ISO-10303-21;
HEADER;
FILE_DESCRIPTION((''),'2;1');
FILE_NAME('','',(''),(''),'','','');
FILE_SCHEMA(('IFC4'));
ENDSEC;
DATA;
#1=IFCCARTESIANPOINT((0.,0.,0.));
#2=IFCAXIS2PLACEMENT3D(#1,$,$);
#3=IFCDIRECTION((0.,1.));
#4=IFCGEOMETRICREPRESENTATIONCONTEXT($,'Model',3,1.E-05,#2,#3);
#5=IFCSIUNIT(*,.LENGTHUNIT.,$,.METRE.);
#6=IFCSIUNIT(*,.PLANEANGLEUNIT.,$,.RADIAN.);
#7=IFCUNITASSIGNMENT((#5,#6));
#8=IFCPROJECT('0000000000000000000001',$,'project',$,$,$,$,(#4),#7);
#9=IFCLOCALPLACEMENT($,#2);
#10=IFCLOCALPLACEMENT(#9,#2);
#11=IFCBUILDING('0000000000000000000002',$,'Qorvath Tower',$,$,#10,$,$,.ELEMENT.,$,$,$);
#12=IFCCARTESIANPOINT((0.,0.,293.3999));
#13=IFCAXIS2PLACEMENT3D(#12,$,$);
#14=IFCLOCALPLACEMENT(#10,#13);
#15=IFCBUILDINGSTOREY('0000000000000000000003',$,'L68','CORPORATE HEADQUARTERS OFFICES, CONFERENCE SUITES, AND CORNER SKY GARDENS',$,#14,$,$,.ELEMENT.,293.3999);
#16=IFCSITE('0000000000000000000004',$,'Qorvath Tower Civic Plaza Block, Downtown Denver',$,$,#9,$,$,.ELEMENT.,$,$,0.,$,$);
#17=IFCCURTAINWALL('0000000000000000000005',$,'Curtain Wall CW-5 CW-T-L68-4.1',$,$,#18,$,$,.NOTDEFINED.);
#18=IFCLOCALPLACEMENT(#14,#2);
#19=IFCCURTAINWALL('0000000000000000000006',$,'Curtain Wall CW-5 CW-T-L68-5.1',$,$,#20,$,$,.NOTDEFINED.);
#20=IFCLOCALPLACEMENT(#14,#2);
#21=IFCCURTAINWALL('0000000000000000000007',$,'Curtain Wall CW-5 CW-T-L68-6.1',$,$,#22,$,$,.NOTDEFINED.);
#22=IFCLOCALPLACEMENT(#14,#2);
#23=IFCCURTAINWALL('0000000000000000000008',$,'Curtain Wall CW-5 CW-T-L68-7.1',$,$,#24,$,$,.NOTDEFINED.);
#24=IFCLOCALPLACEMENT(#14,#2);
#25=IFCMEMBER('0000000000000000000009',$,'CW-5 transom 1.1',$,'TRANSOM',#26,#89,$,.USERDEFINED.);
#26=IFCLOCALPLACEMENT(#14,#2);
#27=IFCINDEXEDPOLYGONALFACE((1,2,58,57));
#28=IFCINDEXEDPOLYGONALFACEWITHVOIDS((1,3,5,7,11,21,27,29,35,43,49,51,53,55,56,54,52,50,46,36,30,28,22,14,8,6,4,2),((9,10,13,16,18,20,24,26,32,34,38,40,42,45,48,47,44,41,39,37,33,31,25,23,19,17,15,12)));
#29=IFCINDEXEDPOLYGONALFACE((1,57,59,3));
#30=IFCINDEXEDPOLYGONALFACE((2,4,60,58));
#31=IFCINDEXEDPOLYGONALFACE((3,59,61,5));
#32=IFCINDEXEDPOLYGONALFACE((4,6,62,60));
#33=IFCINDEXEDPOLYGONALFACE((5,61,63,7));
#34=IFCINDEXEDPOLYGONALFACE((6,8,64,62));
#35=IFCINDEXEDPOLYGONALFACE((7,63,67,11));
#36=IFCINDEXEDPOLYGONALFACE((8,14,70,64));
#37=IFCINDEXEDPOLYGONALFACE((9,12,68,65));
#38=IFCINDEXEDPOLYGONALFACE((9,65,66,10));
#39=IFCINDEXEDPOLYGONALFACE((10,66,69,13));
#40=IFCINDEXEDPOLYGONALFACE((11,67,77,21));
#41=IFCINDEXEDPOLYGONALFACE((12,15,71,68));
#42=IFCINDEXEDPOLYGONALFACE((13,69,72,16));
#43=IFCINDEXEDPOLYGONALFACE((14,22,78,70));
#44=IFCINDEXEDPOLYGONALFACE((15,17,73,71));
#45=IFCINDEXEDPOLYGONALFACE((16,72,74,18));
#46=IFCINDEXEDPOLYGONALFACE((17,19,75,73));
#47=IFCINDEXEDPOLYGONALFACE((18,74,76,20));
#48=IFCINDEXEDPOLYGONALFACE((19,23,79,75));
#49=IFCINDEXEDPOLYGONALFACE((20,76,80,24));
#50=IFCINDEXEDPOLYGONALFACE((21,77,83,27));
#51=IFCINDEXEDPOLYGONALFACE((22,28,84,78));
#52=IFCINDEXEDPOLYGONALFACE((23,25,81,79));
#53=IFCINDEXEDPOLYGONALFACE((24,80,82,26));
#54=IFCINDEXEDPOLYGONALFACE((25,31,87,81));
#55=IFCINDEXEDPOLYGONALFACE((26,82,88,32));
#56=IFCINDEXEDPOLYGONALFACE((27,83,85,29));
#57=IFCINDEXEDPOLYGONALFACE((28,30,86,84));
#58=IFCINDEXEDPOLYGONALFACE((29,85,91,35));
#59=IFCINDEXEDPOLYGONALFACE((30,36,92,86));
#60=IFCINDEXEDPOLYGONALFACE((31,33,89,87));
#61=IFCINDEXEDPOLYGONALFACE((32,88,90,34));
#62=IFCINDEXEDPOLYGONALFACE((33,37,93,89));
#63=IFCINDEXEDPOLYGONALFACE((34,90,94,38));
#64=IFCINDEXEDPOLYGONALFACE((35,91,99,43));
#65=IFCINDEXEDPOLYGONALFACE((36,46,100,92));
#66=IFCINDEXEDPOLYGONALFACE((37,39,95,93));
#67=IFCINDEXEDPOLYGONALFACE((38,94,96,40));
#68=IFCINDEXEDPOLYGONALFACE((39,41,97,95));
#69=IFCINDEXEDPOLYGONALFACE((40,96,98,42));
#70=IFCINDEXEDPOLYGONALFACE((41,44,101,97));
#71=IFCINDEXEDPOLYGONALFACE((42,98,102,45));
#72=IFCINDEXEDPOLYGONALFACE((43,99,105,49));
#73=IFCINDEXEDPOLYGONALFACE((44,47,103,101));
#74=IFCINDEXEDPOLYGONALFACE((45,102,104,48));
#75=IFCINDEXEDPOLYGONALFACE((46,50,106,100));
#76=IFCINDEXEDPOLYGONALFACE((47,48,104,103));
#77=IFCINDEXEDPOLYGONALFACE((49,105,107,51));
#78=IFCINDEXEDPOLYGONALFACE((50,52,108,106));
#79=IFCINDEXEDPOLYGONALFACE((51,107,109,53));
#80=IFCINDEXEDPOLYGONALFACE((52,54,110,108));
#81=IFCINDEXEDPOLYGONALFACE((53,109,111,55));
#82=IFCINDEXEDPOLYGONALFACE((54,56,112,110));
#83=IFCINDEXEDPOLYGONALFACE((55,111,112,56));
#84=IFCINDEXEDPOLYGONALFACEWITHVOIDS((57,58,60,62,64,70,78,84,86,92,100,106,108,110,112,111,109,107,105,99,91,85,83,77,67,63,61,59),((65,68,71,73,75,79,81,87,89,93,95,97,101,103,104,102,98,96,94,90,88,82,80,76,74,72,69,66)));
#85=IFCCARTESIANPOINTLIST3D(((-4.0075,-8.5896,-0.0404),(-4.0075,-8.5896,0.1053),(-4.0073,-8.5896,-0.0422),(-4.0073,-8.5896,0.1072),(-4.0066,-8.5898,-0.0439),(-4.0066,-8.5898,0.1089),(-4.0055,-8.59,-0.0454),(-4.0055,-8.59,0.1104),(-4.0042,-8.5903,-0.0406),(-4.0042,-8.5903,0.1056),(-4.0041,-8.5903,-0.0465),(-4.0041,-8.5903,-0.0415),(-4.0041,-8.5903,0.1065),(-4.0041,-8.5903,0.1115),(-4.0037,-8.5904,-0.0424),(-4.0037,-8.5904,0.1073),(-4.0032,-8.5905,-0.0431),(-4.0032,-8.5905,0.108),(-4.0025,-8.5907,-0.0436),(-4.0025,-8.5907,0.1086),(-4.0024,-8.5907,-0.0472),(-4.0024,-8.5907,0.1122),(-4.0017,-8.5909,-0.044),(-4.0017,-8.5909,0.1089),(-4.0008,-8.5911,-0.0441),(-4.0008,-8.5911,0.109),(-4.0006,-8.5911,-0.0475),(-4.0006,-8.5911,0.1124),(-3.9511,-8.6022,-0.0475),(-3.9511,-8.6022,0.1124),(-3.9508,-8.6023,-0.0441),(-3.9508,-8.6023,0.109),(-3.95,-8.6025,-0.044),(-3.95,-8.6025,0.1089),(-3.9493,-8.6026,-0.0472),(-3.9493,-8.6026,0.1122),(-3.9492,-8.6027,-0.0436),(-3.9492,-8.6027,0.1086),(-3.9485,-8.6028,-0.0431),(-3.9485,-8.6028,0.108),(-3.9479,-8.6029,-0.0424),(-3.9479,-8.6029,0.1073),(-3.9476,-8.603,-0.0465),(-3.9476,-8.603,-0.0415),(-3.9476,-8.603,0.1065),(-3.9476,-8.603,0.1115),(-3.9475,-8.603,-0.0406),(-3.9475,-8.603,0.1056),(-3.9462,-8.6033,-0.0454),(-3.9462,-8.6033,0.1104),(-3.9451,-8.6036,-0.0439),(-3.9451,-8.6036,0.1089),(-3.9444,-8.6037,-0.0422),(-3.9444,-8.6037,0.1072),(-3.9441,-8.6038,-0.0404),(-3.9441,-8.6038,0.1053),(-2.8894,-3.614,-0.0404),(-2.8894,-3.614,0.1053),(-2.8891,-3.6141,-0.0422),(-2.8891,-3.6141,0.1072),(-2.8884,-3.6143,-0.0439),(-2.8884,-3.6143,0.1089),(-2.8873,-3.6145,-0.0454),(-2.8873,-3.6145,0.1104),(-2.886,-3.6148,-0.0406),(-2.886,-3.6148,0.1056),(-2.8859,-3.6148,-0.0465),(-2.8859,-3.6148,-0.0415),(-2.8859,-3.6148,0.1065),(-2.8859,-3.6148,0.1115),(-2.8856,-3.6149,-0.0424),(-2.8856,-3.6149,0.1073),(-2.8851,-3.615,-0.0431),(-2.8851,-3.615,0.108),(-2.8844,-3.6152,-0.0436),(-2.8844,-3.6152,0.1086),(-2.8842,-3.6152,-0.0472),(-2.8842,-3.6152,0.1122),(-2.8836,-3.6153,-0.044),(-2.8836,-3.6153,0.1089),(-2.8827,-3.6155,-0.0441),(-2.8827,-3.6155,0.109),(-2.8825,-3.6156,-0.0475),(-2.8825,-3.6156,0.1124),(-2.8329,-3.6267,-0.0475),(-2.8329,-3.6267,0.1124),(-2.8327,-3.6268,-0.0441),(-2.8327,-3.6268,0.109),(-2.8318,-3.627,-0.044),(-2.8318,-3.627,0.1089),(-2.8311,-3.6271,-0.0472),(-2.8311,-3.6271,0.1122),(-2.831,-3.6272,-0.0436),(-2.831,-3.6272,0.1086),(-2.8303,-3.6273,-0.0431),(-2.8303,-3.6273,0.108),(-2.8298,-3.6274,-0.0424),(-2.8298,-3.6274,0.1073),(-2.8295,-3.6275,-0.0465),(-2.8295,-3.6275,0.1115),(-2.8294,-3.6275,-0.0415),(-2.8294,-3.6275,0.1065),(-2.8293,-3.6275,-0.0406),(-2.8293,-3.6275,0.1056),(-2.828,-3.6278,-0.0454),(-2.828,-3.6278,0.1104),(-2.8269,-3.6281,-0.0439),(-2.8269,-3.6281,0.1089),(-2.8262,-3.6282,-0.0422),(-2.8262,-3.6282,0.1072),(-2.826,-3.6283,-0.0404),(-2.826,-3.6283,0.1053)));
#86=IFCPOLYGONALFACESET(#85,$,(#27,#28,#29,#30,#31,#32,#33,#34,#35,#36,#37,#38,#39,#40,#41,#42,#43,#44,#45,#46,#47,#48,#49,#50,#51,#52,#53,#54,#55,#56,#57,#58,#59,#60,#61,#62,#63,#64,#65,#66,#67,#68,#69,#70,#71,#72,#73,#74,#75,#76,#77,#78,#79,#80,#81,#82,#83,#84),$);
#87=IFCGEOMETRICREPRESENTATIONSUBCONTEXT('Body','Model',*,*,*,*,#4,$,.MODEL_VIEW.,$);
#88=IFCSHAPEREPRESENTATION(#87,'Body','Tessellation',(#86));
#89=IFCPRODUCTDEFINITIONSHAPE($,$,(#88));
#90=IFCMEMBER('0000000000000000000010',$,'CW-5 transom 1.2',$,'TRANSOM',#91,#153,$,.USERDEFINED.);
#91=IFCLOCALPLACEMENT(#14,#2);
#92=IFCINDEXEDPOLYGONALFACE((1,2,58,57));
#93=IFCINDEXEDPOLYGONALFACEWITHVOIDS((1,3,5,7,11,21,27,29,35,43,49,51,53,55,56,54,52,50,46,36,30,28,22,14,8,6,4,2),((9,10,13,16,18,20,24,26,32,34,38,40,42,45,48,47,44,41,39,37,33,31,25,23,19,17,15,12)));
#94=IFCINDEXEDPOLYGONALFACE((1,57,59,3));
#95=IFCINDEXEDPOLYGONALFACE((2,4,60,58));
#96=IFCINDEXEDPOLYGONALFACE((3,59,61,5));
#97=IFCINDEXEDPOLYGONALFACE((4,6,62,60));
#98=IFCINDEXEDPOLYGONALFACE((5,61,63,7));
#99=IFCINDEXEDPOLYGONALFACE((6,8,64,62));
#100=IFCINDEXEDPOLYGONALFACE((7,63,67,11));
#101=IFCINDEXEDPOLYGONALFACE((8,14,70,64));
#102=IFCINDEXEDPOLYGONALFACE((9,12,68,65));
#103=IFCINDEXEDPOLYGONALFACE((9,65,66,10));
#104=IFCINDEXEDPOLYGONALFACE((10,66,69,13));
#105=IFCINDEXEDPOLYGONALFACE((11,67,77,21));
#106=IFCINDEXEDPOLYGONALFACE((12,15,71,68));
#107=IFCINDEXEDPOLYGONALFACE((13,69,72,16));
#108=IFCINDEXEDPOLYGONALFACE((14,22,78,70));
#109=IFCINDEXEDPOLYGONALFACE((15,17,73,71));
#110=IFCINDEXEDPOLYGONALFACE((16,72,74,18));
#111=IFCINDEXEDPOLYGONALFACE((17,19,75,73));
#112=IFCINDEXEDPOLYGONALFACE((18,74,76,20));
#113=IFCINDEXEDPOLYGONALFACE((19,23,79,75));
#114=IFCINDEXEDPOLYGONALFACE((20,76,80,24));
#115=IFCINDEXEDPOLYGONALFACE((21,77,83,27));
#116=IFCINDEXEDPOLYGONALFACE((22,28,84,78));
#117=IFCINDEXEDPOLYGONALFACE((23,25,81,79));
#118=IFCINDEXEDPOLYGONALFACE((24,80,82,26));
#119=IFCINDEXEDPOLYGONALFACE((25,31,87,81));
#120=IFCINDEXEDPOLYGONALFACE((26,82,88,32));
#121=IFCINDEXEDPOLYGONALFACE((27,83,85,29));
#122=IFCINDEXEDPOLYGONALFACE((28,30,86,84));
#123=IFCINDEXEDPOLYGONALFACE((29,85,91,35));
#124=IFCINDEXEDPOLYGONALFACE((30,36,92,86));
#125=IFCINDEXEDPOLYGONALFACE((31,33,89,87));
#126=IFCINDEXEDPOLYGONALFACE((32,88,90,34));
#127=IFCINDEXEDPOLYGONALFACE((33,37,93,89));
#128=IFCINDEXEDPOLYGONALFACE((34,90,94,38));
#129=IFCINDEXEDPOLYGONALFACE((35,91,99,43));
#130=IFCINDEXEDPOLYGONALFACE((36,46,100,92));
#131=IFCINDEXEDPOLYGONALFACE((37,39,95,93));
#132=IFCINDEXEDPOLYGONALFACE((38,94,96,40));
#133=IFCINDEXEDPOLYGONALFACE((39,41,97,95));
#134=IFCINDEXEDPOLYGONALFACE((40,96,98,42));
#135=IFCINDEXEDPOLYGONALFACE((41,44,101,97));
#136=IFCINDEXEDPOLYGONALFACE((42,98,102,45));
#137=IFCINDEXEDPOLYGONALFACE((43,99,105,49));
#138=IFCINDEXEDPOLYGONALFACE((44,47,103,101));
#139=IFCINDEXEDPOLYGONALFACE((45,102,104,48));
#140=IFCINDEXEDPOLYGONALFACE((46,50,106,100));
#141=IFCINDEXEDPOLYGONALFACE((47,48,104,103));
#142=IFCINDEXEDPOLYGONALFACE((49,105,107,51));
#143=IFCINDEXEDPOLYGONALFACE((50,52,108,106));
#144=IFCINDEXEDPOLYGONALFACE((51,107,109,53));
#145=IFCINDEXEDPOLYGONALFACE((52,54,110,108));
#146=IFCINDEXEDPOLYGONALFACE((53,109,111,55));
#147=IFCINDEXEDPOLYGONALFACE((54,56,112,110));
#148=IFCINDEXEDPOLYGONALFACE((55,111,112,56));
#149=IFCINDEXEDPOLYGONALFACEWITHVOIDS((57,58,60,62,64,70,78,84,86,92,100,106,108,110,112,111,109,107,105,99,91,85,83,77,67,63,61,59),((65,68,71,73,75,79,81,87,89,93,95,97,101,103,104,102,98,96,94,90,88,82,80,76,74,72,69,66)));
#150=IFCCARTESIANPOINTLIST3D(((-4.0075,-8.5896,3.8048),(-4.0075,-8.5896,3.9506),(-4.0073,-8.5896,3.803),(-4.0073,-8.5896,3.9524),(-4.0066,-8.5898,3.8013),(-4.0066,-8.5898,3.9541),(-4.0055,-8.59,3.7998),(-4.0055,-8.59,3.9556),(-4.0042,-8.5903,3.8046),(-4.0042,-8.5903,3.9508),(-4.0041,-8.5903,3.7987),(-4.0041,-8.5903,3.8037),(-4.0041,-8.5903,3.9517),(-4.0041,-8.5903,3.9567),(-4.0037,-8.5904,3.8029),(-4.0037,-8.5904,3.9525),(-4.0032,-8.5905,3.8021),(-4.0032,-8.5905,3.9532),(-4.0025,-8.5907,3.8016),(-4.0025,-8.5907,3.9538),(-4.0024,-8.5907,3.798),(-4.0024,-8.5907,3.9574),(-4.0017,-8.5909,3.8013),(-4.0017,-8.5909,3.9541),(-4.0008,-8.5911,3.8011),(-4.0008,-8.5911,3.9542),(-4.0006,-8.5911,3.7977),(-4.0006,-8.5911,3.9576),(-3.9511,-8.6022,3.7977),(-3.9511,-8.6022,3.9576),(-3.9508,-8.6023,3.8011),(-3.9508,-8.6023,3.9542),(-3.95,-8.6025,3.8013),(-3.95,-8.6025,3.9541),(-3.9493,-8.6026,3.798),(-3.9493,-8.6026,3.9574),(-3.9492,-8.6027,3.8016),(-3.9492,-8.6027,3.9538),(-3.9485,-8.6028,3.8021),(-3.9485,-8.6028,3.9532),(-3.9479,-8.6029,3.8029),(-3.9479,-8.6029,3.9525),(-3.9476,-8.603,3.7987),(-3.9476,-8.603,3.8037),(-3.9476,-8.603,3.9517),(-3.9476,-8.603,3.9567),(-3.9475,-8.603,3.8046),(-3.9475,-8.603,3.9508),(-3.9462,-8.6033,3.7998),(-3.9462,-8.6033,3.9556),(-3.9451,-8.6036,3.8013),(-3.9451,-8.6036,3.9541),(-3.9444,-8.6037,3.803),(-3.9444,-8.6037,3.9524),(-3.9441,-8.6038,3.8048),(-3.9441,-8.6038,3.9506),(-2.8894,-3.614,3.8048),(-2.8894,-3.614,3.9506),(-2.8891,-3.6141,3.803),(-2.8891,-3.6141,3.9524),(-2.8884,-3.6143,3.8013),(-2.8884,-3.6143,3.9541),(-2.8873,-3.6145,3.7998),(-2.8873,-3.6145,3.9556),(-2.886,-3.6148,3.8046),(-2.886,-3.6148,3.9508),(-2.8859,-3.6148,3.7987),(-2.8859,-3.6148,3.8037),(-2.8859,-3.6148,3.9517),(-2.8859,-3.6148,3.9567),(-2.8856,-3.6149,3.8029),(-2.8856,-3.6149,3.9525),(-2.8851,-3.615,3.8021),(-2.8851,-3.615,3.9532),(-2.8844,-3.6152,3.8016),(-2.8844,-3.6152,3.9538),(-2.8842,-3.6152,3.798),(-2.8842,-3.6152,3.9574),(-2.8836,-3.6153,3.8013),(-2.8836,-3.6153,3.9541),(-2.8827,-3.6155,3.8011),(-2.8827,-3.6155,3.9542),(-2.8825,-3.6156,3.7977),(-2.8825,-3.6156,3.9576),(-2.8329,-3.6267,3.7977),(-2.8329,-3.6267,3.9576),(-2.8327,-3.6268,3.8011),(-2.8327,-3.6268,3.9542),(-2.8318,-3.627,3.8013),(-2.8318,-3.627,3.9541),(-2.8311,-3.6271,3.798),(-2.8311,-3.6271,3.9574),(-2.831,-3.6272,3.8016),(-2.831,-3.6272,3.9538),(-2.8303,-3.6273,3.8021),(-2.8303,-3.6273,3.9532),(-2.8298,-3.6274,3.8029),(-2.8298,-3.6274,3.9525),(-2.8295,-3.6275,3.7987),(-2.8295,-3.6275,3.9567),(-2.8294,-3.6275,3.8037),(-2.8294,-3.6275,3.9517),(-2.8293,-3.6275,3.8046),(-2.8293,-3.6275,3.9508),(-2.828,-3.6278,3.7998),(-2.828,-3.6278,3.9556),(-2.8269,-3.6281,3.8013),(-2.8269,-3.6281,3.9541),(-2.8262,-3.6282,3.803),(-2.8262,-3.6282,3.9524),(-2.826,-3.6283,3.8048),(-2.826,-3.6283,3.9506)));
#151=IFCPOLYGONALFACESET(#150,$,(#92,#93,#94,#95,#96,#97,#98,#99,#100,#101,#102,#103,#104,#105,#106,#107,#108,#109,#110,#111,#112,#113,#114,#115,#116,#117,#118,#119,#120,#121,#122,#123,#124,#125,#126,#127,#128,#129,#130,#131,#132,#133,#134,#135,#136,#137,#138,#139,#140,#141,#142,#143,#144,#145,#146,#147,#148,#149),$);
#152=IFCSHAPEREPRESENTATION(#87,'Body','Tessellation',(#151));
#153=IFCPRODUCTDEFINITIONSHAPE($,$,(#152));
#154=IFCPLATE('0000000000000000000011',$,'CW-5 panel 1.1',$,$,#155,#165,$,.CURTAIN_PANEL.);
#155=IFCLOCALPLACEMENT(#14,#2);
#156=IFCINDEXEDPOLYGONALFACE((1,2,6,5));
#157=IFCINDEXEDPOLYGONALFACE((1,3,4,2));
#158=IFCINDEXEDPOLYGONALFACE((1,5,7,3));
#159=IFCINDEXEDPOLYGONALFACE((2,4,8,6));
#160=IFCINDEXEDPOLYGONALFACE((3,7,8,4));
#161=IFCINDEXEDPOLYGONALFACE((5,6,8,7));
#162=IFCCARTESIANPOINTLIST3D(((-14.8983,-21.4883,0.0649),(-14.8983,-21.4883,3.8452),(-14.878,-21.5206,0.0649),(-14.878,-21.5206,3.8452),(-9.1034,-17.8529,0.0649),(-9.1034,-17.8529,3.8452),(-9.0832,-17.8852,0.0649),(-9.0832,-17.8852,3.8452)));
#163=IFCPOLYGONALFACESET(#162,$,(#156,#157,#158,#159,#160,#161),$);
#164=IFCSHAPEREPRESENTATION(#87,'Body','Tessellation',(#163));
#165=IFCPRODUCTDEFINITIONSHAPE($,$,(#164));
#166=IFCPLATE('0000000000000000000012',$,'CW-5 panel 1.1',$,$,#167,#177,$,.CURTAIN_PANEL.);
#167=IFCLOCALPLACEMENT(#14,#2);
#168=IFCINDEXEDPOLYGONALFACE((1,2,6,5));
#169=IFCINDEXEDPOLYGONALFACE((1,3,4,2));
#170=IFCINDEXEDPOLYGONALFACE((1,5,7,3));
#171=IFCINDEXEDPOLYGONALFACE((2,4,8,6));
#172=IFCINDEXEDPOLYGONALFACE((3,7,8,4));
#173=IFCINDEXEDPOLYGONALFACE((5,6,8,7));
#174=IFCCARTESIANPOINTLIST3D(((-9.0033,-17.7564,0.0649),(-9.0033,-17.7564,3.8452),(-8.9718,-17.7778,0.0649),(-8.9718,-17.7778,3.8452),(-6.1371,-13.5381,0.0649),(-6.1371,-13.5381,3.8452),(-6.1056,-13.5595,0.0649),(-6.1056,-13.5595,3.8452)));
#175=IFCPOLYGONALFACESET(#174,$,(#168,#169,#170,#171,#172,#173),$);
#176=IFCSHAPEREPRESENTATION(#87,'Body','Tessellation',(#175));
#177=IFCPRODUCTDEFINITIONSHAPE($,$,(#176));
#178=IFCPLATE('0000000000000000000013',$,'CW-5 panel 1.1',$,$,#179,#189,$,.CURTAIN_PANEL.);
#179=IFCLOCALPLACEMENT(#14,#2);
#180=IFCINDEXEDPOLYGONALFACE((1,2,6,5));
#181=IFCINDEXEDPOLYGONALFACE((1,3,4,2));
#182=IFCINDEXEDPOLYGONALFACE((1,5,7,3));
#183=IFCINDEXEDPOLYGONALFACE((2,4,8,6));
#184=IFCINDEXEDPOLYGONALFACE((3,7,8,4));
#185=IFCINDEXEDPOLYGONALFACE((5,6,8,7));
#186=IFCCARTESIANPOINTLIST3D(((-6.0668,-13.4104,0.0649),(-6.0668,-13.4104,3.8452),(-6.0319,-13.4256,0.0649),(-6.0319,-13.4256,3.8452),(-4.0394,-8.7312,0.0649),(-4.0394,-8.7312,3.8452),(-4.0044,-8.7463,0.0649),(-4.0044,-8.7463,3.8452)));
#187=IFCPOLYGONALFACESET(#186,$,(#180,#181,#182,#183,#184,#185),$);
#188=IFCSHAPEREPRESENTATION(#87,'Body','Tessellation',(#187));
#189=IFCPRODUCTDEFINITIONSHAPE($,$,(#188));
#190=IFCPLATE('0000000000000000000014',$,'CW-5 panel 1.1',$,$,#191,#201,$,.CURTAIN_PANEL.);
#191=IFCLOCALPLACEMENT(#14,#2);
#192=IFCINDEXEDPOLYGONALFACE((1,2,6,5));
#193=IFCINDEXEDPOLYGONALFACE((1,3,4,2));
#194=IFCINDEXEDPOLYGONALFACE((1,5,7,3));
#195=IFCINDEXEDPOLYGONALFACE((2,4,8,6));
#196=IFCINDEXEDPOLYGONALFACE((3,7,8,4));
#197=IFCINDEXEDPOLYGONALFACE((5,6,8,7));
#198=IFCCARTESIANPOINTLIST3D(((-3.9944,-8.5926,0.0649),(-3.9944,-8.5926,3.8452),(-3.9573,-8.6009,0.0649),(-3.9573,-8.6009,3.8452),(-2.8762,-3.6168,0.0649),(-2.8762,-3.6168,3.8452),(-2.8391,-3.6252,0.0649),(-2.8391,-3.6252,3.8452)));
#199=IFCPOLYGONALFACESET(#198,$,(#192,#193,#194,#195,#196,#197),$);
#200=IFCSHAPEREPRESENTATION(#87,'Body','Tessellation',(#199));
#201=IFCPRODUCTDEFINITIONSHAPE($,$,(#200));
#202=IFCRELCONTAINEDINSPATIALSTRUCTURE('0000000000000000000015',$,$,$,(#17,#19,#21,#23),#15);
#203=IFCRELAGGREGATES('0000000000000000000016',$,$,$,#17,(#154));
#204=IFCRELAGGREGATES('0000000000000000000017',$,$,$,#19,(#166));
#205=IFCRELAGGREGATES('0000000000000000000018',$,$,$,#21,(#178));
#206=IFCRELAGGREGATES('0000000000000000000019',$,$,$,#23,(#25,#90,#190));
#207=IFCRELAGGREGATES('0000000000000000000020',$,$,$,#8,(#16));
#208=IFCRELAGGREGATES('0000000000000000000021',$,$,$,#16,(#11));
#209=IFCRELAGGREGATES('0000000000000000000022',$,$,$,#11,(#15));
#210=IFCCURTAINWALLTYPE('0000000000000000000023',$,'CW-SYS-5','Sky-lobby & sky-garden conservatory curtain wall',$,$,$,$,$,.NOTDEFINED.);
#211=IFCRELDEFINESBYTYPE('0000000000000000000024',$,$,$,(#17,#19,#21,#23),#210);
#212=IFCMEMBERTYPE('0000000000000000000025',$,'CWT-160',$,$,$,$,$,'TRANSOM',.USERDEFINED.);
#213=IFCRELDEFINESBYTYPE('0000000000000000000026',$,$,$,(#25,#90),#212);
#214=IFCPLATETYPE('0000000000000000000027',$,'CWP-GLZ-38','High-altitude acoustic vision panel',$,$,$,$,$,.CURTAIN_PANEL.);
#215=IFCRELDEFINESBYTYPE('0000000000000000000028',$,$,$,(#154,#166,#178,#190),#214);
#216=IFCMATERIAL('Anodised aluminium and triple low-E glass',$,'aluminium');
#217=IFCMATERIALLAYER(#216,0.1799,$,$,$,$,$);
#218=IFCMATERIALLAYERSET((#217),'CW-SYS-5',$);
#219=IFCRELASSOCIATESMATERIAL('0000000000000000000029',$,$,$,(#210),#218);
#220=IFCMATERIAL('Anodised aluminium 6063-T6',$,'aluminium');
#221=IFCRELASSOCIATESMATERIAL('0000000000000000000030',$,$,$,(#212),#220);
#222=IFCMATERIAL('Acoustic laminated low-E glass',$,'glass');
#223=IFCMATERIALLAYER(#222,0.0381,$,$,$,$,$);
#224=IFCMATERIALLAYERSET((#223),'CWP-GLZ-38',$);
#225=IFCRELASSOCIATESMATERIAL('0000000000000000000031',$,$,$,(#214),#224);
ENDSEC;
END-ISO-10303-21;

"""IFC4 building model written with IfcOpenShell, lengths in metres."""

from ifc_helpers import new_model, si_unit, direction, frame, origin, origin_2d, place, context, subcontext, project, spatial, rectangle, hollow_rectangle, extrude, material, layer, layer_set, material_profile, profile_set, type_object, element, aggregate, save


model = new_model("IFC4")

# Units and contexts
model_context = context("Model", 3, precision=1e-05, world=origin(), true_north=direction((0.0, 1.0)))
body_context = subcontext(model_context, "Body", "Model", "MODEL_VIEW")
ifc_project = project(units=[si_unit("LENGTHUNIT", "METRE"), si_unit("PLANEANGLEUNIT", "RADIAN")], contexts=[model_context])

# Site, building, storey
site_placement = place(None, origin())
site = spatial("IfcSite", under=ifc_project, at=site_placement, Name="Qorvath Tower Civic Plaza Block, Downtown Denver", CompositionType="ELEMENT", RefElevation=0.0)
building_placement = place(site_placement, origin())
building = spatial("IfcBuilding", under=site, at=building_placement, Name="Qorvath Tower", CompositionType="ELEMENT")
storey_placement = place(building_placement, frame((0.0, 0.0, 293.3999)))
storey = spatial("IfcBuildingStorey", under=building, at=storey_placement, Name="L68", Description="CORPORATE HEADQUARTERS OFFICES, CONFERENCE SUITES, AND CORNER SKY GARDENS", CompositionType="ELEMENT", Elevation=293.3999)

# Shared definitions
ifc_material_1 = material(Name="Anodised aluminium and triple low-E glass", Category="aluminium")
ifc_layer_1 = layer(ifc_material_1, 0.1799)
ifc_layer_set_1 = layer_set([ifc_layer_1], Name="CW-SYS-5")
curtain_wall_type = type_object("IfcCurtainWallType", Name="CW-SYS-5", Description="Sky-lobby & sky-garden conservatory curtain wall", PredefinedType="NOTDEFINED", material=ifc_layer_set_1)

# Curtain walls
curtain_wall_1_placement = place(storey_placement, origin())
curtain_wall_1 = element("IfcCurtainWall", 1, at=curtain_wall_1_placement, inside=storey, type_object=curtain_wall_type, Name="Curtain Wall CW-5 CW-T-L68-4.1", PredefinedType="NOTDEFINED")
curtain_wall_2_placement = place(storey_placement, origin())
curtain_wall_2 = element("IfcCurtainWall", 2, at=curtain_wall_2_placement, inside=storey, type_object=curtain_wall_type, Name="Curtain Wall CW-5 CW-T-L68-5.1", PredefinedType="NOTDEFINED")
curtain_wall_3_placement = place(storey_placement, origin())
curtain_wall_3 = element("IfcCurtainWall", 3, at=curtain_wall_3_placement, inside=storey, type_object=curtain_wall_type, Name="Curtain Wall CW-5 CW-T-L68-6.1", PredefinedType="NOTDEFINED")

# Curtain wall
curtain_wall_4_placement = place(storey_placement, origin())
curtain_wall_4 = element("IfcCurtainWall", 4, at=curtain_wall_4_placement, inside=storey, type_object=curtain_wall_type, Name="Curtain Wall CW-5 CW-T-L68-7.1", PredefinedType="NOTDEFINED")

# Members
ifc_material_2 = material(Name="Anodised aluminium 6063-T6", Category="aluminium")
ifc_material_profile_1 = material_profile(ifc_material_2, hollow_rectangle(XDim=0.0649, YDim=0.1599, WallThickness=0.0034, InnerFilletRadius=0.0034, OuterFilletRadius=0.0071, at=origin_2d()), Name="CWT 160x65")
ifc_profile_set_1 = profile_set([ifc_material_profile_1], Name="Anodised aluminium 6063-T6")
member_type_1 = type_object("IfcMemberType", Name="CWT-160", ElementType="TRANSOM", PredefinedType="USERDEFINED", material=ifc_profile_set_1)
member_1_placement = place(storey_placement, frame((-3.9758, -8.5967, 0.0325), z_axis=(0.219262, 0.975666, 0.0), x_axis=(-0.975666, 0.219262, 0.0)))
member_1 = element("IfcMember", 5, at=member_1_placement, type_object=member_type_1, Name="CW-5 transom 1.1", ObjectType="TRANSOM", PredefinedType="USERDEFINED", context=body_context, shape_type="SweptSolid", body=[
    extrude(hollow_rectangle(XDim=0.0649, YDim=0.1599, WallThickness=0.0034, InnerFilletRadius=0.0034, OuterFilletRadius=0.0071, at=origin_2d()), origin(), (0.0, 0.0, 1.0), 5.0996),
])
member_2_placement = place(storey_placement, frame((-3.9758, -8.5967, 3.8777), z_axis=(0.219262, 0.975666, 0.0), x_axis=(-0.975666, 0.219262, 0.0)))
member_2 = element("IfcMember", 6, at=member_2_placement, type_object=member_type_1, Name="CW-5 transom 1.2", ObjectType="TRANSOM", PredefinedType="USERDEFINED", context=body_context, shape_type="SweptSolid", body=[
    extrude(hollow_rectangle(XDim=0.0649, YDim=0.1599, WallThickness=0.0034, InnerFilletRadius=0.0034, OuterFilletRadius=0.0071, at=origin_2d()), origin(), (0.0, 0.0, 1.0), 5.0996),
])

# Plates
ifc_material_3 = material(Name="Acoustic laminated low-E glass", Category="glass")
ifc_layer_2 = layer(ifc_material_3, 0.0381)
ifc_layer_set_2 = layer_set([ifc_layer_2], Name="CWP-GLZ-38")
plate_type = type_object("IfcPlateType", Name="CWP-GLZ-38", Description="High-altitude acoustic vision panel", PredefinedType="CURTAIN_PANEL", material=ifc_layer_set_2)
plate_1_placement = place(storey_placement, frame((-11.9907, -19.6868, 0.0649), z_axis=(0.0, 0.0, 1.0), x_axis=(0.847103, 0.531429, 0.0)))
plate_1 = element("IfcPlate", 7, at=plate_1_placement, type_object=plate_type, Name="CW-5 panel 1.1", PredefinedType="CURTAIN_PANEL", context=body_context, shape_type="SweptSolid", body=[
    extrude(rectangle(XDim=6.8408, YDim=0.0381, at=origin_2d()), origin(), (0.0, 0.0, 1.0), 3.7803),
])
aggregate(curtain_wall_1, [plate_1])
plate_2_placement = place(storey_placement, frame((-7.5544, -15.658, 0.0649), z_axis=(0.0, 0.0, 1.0), x_axis=(0.562015, 0.827127, 0.0)))
plate_2 = element("IfcPlate", 8, at=plate_2_placement, type_object=plate_type, Name="CW-5 panel 1.1", PredefinedType="CURTAIN_PANEL", context=body_context, shape_type="SweptSolid", body=[
    extrude(rectangle(XDim=5.0999, YDim=0.0381, at=origin_2d()), origin(), (0.0, 0.0, 1.0), 3.7803),
])
aggregate(curtain_wall_2, [plate_2])
plate_3_placement = place(storey_placement, frame((-5.0356, -11.0784, 0.0649), z_axis=(0.0, 0.0, 1.0), x_axis=(0.397572, 0.917571, 0.0)))
plate_3 = element("IfcPlate", 9, at=plate_3_placement, type_object=plate_type, Name="CW-5 panel 1.1", PredefinedType="CURTAIN_PANEL", context=body_context, shape_type="SweptSolid", body=[
    extrude(rectangle(XDim=5.0996, YDim=0.0381, at=origin_2d()), origin(), (0.0, 0.0, 1.0), 3.7803),
])
aggregate(curtain_wall_3, [plate_3])
plate_4_placement = place(storey_placement, frame((-3.4167, -6.1089, 0.0649), z_axis=(0.0, 0.0, 1.0), x_axis=(0.219267, 0.975665, 0.0)))
plate_4 = element("IfcPlate", 10, at=plate_4_placement, type_object=plate_type, Name="CW-5 panel 1.1", PredefinedType="CURTAIN_PANEL", context=body_context, shape_type="SweptSolid", body=[
    extrude(rectangle(XDim=5.0999, YDim=0.0381, at=origin_2d()), origin(), (0.0, 0.0, 1.0), 3.7803),
])
aggregate(curtain_wall_4, [member_1, member_2, plate_4])

save(model, "model.ifc")
